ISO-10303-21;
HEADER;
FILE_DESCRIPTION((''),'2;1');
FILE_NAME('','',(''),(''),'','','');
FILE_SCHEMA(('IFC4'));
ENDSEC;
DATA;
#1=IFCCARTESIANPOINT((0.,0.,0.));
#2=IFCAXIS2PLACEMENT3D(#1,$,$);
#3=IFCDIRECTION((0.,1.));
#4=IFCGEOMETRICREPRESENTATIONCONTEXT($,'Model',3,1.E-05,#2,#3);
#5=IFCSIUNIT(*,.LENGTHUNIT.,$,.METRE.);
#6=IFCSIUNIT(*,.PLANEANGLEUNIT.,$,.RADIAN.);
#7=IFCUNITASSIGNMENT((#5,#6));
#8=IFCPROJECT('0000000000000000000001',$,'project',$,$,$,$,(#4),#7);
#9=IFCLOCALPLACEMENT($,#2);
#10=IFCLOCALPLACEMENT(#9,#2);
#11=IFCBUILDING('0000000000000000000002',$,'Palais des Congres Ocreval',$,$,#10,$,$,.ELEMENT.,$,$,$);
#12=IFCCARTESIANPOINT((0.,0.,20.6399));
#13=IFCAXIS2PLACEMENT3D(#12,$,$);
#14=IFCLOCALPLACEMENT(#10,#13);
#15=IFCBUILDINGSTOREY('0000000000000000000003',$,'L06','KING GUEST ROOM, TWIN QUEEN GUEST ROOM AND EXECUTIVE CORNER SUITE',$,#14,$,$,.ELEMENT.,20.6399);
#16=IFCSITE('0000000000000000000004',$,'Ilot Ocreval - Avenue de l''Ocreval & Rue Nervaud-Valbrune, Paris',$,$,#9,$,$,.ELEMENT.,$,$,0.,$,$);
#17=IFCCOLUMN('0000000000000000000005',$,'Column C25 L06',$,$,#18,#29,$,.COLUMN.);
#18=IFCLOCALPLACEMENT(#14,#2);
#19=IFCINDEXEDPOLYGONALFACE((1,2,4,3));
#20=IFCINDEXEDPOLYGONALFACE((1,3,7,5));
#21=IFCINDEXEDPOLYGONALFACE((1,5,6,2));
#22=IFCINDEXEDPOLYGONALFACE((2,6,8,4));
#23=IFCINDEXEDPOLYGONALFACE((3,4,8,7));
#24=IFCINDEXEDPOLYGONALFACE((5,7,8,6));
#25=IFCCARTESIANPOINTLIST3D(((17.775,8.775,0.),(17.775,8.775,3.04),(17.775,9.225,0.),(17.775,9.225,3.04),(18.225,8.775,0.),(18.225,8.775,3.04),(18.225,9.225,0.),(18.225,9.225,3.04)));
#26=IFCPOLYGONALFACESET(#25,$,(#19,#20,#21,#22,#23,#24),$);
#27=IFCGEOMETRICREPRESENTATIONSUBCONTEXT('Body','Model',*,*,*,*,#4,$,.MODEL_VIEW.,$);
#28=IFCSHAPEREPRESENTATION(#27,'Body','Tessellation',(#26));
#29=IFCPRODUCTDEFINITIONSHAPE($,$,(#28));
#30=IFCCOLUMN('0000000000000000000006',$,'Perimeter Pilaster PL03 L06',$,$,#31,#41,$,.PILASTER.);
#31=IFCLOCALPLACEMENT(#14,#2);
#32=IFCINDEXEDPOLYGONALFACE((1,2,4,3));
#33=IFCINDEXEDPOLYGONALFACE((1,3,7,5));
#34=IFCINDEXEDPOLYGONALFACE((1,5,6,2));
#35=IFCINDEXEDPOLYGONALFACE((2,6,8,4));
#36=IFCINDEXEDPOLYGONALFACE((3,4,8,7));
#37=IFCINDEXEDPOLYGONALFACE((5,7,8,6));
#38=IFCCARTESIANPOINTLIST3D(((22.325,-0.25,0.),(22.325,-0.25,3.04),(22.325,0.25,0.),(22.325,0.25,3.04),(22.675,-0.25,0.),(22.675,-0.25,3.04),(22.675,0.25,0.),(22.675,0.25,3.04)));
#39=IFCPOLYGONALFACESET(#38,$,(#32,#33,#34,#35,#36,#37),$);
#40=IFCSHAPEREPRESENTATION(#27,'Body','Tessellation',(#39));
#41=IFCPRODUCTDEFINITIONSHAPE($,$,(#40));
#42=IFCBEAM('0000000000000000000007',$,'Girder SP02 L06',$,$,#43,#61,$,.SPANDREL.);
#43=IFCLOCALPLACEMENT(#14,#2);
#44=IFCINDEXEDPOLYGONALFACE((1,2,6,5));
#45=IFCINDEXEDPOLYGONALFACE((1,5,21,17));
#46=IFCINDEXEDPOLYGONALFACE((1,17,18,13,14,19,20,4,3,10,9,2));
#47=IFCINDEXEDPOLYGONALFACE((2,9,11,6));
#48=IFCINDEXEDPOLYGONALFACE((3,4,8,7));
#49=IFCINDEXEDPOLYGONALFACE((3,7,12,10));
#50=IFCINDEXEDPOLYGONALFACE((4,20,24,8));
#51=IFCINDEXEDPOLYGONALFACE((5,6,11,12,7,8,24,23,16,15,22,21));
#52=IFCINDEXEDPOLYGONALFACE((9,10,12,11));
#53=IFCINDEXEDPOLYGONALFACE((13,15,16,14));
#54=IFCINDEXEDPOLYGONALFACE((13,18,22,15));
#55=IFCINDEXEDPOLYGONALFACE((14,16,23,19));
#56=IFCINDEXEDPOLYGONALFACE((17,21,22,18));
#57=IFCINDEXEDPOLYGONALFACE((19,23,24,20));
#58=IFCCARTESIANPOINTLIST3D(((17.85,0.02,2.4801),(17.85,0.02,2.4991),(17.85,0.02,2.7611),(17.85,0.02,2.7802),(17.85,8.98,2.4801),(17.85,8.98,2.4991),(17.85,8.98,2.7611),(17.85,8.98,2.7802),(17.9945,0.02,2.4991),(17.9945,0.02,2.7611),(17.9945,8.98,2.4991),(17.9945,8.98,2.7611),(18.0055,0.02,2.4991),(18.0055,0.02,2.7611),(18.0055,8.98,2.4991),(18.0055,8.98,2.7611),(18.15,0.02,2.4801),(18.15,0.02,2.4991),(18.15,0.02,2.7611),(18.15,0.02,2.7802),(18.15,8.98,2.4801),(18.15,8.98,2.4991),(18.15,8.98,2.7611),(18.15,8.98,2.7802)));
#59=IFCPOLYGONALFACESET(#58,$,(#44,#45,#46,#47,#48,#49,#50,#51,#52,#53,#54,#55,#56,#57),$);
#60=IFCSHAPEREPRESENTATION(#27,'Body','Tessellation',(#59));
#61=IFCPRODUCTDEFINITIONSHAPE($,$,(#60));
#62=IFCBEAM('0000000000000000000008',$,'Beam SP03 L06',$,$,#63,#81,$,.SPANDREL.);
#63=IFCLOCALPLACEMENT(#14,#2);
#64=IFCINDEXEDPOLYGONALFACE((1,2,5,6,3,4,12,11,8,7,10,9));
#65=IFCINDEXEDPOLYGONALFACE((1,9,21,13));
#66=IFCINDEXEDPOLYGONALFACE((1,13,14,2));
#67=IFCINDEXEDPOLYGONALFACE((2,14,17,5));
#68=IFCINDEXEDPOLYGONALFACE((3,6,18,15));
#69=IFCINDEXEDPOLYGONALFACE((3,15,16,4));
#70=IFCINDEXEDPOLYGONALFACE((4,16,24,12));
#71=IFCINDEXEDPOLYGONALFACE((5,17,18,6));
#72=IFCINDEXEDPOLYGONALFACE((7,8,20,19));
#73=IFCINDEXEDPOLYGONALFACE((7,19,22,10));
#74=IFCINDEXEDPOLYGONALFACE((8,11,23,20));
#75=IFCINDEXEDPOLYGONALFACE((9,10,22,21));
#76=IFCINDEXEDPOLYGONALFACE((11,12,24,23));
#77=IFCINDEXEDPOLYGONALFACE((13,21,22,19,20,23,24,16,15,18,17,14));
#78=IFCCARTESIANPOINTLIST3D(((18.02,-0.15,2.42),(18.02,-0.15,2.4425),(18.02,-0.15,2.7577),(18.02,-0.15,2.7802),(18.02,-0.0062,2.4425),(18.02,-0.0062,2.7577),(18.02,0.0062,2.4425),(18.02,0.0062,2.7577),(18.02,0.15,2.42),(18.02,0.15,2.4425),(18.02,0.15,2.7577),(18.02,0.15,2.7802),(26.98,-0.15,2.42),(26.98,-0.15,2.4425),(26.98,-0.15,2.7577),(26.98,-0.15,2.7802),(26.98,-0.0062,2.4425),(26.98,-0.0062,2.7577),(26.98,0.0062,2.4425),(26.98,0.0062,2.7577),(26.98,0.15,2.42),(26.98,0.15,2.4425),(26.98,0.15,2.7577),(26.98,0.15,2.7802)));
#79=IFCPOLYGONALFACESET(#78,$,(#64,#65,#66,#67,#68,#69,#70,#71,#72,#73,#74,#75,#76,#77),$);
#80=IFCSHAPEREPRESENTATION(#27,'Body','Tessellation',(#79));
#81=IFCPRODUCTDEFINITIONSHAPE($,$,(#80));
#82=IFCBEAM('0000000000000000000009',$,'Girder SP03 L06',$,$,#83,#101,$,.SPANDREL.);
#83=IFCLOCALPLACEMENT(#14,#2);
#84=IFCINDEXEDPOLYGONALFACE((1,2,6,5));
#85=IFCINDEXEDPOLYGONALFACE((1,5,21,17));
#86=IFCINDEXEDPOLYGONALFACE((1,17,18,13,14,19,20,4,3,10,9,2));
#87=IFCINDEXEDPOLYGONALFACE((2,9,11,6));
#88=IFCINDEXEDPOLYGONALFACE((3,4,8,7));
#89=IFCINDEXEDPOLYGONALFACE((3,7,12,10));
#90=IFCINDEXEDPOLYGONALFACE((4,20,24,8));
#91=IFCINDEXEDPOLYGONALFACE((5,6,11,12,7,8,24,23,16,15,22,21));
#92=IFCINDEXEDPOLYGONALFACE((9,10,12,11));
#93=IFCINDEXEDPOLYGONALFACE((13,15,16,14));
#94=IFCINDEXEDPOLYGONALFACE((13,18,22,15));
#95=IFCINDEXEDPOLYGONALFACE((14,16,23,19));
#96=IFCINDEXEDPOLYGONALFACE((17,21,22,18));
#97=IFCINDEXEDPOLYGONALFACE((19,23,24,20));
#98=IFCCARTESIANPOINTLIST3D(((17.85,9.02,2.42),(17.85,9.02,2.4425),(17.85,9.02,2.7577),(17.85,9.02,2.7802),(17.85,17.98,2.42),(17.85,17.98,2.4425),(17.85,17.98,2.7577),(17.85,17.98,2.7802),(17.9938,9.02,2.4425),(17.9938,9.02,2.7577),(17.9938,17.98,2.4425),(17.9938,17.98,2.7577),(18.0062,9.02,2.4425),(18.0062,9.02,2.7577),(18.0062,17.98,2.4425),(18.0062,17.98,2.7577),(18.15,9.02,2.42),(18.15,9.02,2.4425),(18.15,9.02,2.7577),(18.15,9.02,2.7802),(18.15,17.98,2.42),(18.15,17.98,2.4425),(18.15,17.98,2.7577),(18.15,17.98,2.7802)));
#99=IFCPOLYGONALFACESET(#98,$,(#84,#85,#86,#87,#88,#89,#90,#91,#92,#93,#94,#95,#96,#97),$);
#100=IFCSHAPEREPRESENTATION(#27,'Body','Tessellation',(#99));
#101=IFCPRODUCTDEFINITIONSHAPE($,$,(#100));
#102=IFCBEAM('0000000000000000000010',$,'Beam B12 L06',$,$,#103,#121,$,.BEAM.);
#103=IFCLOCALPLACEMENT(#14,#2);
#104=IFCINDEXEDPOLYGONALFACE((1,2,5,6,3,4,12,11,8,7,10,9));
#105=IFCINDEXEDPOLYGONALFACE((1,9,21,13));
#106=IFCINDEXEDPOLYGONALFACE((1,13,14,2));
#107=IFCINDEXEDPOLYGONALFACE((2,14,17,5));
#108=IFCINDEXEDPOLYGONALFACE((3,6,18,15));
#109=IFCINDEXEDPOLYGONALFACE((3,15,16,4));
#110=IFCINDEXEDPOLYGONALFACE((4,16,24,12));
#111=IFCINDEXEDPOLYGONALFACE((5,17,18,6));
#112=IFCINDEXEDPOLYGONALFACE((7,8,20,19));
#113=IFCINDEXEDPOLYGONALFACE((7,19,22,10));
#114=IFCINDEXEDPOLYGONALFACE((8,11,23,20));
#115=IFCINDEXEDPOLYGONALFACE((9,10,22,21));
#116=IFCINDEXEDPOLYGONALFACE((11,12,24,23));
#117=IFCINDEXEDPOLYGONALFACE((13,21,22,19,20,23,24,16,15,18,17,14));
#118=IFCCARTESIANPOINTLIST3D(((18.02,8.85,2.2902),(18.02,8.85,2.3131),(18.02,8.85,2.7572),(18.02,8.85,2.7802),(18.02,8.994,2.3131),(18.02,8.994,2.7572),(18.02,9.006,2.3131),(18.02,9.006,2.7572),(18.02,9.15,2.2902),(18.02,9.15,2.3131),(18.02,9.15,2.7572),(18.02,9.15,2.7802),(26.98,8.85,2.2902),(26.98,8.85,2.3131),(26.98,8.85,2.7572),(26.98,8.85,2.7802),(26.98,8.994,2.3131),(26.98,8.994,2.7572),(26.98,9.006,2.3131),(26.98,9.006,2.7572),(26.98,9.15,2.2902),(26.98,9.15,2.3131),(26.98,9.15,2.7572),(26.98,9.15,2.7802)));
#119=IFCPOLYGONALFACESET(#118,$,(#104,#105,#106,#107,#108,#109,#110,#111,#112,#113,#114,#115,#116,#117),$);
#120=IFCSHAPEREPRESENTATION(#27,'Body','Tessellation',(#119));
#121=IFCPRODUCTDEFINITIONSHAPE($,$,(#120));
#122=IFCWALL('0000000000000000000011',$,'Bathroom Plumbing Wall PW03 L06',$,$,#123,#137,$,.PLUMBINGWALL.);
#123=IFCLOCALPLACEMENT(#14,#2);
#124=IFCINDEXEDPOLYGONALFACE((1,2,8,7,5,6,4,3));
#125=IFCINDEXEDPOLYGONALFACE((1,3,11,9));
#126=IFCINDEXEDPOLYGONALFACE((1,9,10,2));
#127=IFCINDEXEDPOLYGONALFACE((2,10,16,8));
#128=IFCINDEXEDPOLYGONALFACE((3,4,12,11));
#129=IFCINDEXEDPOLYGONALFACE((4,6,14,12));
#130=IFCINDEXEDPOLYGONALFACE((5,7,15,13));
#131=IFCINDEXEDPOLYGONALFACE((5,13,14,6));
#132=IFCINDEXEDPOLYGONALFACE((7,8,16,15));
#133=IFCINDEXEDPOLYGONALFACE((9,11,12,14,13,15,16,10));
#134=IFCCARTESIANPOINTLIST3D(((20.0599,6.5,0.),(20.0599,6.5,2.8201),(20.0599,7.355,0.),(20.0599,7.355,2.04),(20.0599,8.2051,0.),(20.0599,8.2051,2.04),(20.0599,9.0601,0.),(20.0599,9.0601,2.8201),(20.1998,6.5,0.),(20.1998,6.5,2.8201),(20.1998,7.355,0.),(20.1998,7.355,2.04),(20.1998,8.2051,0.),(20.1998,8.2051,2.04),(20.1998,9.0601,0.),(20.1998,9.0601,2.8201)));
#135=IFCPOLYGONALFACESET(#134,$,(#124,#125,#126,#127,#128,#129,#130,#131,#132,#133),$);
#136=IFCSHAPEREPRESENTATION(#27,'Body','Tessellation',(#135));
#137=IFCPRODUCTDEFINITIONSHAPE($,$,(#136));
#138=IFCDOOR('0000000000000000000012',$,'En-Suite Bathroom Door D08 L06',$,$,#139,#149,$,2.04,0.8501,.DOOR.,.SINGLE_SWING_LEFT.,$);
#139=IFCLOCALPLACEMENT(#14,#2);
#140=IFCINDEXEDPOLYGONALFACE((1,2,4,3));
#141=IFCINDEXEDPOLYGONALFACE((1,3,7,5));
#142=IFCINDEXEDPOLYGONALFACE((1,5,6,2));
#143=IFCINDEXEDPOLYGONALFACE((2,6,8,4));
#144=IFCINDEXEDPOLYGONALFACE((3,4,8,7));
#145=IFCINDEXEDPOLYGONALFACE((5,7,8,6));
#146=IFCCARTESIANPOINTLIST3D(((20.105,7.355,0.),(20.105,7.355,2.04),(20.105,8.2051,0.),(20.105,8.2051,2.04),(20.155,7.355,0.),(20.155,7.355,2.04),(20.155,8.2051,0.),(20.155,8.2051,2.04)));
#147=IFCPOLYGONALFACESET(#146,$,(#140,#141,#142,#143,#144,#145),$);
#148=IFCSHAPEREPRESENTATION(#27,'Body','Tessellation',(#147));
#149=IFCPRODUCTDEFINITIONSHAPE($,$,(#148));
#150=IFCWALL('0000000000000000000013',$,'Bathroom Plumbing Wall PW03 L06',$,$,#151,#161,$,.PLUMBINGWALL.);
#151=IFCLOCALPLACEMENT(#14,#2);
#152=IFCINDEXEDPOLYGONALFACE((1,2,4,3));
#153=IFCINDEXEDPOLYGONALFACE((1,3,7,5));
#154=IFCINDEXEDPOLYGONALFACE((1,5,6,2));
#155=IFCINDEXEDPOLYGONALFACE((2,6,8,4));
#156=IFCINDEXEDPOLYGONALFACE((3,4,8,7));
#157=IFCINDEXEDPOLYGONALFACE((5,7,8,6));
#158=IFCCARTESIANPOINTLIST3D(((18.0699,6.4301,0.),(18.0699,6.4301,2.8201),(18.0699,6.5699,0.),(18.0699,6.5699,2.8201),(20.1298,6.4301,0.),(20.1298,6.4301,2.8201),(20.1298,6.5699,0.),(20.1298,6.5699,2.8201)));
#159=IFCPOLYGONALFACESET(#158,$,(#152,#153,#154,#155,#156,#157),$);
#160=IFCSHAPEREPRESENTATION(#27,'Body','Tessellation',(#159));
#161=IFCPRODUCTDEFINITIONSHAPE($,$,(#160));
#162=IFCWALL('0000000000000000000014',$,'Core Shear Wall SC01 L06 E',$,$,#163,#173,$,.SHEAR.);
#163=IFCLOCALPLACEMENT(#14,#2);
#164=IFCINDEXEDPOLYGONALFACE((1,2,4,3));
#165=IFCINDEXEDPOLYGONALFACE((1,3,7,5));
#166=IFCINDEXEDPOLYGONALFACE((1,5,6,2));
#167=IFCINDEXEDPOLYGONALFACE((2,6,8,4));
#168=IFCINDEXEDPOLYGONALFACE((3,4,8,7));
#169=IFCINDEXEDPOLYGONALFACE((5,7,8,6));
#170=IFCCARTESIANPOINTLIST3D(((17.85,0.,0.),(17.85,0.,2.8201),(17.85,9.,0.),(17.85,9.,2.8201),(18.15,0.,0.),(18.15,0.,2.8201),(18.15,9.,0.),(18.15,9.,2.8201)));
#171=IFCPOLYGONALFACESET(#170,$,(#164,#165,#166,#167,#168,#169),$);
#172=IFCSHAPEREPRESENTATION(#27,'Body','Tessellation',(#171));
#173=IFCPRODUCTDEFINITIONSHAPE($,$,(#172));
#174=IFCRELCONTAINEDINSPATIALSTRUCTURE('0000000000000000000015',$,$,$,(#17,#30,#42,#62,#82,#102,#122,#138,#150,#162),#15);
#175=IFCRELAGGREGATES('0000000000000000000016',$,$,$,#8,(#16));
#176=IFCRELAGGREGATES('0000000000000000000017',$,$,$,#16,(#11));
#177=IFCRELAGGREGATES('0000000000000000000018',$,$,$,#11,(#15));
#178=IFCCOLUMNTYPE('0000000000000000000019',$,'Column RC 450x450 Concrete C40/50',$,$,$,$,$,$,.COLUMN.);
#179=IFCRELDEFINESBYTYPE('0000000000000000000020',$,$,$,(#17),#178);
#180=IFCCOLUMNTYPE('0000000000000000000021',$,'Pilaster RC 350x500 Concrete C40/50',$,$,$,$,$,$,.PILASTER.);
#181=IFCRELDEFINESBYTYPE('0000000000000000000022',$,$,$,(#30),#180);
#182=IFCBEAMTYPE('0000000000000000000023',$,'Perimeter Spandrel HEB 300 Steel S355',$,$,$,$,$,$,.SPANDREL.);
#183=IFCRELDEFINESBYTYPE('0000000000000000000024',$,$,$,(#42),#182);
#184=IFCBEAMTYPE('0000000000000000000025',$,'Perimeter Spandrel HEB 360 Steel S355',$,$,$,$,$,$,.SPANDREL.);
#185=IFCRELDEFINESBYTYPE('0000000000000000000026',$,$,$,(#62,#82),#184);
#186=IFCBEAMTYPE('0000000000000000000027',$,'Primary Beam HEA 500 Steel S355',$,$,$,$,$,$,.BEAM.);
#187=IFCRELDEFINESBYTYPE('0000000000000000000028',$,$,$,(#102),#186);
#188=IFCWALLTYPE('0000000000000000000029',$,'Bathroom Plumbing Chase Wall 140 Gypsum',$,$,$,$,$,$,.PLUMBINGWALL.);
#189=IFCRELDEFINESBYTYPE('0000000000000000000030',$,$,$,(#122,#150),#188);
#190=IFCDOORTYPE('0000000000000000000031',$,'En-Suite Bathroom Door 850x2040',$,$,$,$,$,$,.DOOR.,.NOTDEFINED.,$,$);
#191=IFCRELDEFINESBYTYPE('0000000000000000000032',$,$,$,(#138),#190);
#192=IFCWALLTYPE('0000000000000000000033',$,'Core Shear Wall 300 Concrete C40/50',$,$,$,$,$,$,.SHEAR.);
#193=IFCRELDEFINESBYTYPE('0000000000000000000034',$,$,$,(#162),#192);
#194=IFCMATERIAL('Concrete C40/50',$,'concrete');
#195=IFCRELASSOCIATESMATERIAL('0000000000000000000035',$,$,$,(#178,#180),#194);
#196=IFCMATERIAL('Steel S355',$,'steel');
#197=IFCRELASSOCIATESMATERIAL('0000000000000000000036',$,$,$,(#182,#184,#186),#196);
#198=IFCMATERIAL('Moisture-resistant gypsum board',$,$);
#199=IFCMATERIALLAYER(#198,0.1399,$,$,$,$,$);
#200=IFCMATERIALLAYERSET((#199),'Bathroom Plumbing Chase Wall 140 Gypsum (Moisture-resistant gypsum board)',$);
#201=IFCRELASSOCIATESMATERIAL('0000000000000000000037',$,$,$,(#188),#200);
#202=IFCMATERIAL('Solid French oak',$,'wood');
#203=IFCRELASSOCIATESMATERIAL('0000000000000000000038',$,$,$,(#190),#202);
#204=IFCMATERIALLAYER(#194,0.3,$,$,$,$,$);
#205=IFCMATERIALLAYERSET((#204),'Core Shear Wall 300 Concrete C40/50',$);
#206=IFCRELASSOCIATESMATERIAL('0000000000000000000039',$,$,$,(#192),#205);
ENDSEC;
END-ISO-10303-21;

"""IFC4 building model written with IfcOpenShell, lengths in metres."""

from ifc_helpers import new_model, si_unit, direction, frame, frame_2d, origin, origin_2d, place, context, subcontext, project, spatial, rectangle, i_section, extrude, material, layer, layer_set, material_profile, profile_set, type_object, element, fill, save


model = new_model("IFC4")

# Units and contexts
model_context = context("Model", 3, precision=1e-05, world=origin(), true_north=direction((0.0, 1.0)))
body_context = subcontext(model_context, "Body", "Model", "MODEL_VIEW")
ifc_project = project(units=[si_unit("LENGTHUNIT", "METRE"), si_unit("PLANEANGLEUNIT", "RADIAN")], contexts=[model_context])

# Site, building, storey
site_placement = place(None, origin())
site = spatial("IfcSite", under=ifc_project, at=site_placement, Name="Ilot Ocreval - Avenue de l'Ocreval & Rue Nervaud-Valbrune, Paris", CompositionType="ELEMENT", RefElevation=0.0)
building_placement = place(site_placement, origin())
building = spatial("IfcBuilding", under=site, at=building_placement, Name="Palais des Congres Ocreval", CompositionType="ELEMENT")
storey_placement = place(building_placement, frame((0.0, 0.0, 20.6399)))
storey = spatial("IfcBuildingStorey", under=building, at=storey_placement, Name="L06", Description="KING GUEST ROOM, TWIN QUEEN GUEST ROOM AND EXECUTIVE CORNER SUITE", CompositionType="ELEMENT", Elevation=20.6399)

# Columns
ifc_material_1 = material(Name="Concrete C40/50", Category="concrete")
ifc_material_profile_1 = material_profile(ifc_material_1, rectangle(XDim=0.45, YDim=0.45, at=origin_2d()), Name="RC 450x450")
ifc_profile_set_1 = profile_set([ifc_material_profile_1], Name="Concrete C40/50")
column_type_1 = type_object("IfcColumnType", Name="Column RC 450x450 Concrete C40/50", PredefinedType="COLUMN", material=ifc_profile_set_1)
column_1_placement = place(storey_placement, frame((18.0, 9.0, 0.0), z_axis=(0.0, 0.0, 1.0), x_axis=(1.0, 0.0, 0.0)))
element("IfcColumn", 1, at=column_1_placement, inside=storey, type_object=column_type_1, Name="Column C25 L06", PredefinedType="COLUMN", context=body_context, shape_type="SweptSolid", body=[
    extrude(rectangle(XDim=0.45, YDim=0.45, at=origin_2d()), origin(), (0.0, 0.0, 1.0), 3.04),
])
ifc_material_profile_2 = material_profile(ifc_material_1, rectangle(XDim=0.3501, YDim=0.5, at=origin_2d()), Name="RC 350x500")
ifc_profile_set_2 = profile_set([ifc_material_profile_2], Name="Concrete C40/50")
column_type_2 = type_object("IfcColumnType", Name="Pilaster RC 350x500 Concrete C40/50", PredefinedType="PILASTER", material=ifc_profile_set_2)
column_2_placement = place(storey_placement, frame((22.5, 0.0, 0.0), z_axis=(0.0, 0.0, 1.0), x_axis=(1.0, 0.0, 0.0)))
element("IfcColumn", 2, at=column_2_placement, inside=storey, type_object=column_type_2, Name="Perimeter Pilaster PL03 L06", PredefinedType="PILASTER", context=body_context, shape_type="SweptSolid", body=[
    extrude(rectangle(XDim=0.3501, YDim=0.5, at=origin_2d()), origin(), (0.0, 0.0, 1.0), 3.04),
])

# Beams
ifc_material_2 = material(Name="Steel S355", Category="steel")
ifc_material_profile_3 = material_profile(ifc_material_2, i_section(OverallWidth=0.3, OverallDepth=0.3, WebThickness=0.011, FlangeThickness=0.019, at=origin_2d()), Name="HEB 300")
ifc_profile_set_3 = profile_set([ifc_material_profile_3], Name="Steel S355")
beam_type_1 = type_object("IfcBeamType", Name="Perimeter Spandrel HEB 300 Steel S355", PredefinedType="SPANDREL", material=ifc_profile_set_3)
beam_1_placement = place(storey_placement, frame((18.0, 0.02, 2.6301), z_axis=(0.0, 1.0, 0.0), x_axis=(-1.0, 0.0, 0.0)))
element("IfcBeam", 3, at=beam_1_placement, inside=storey, type_object=beam_type_1, Name="Girder SP02 L06", PredefinedType="SPANDREL", context=body_context, shape_type="SweptSolid", body=[
    extrude(i_section(OverallWidth=0.3, OverallDepth=0.3, WebThickness=0.011, FlangeThickness=0.019, at=origin_2d()), origin(), (0.0, 0.0, 1.0), 8.96),
])
ifc_material_profile_4 = material_profile(ifc_material_2, i_section(OverallWidth=0.3, OverallDepth=0.3601, WebThickness=0.0125, FlangeThickness=0.0225, at=origin_2d()), Name="HEB 360")
ifc_profile_set_4 = profile_set([ifc_material_profile_4], Name="Steel S355")
beam_type_2 = type_object("IfcBeamType", Name="Perimeter Spandrel HEB 360 Steel S355", PredefinedType="SPANDREL", material=ifc_profile_set_4)
for number, where, z_axis, x_axis, name in (
    (4, (18.02, 0.0, 2.6001), (1.0, 0.0, 0.0), (0.0, 1.0, 0.0), "Beam SP03 L06"),
    (5, (18.0, 9.02, 2.6001), (0.0, 1.0, 0.0), (-1.0, 0.0, 0.0), "Girder SP03 L06"),
):
    element("IfcBeam", number, at=place(storey_placement, frame(where, z_axis=z_axis, x_axis=x_axis)), inside=storey, type_object=beam_type_2, Name=name, PredefinedType="SPANDREL", context=body_context, shape_type="SweptSolid", body=[
        extrude(i_section(OverallWidth=0.3, OverallDepth=0.3601, WebThickness=0.0125, FlangeThickness=0.0225, at=origin_2d()), origin(), (0.0, 0.0, 1.0), 8.96),
    ])
ifc_material_profile_5 = material_profile(ifc_material_2, i_section(OverallWidth=0.3, OverallDepth=0.49, WebThickness=0.012, FlangeThickness=0.0229, at=origin_2d()), Name="HEA 500")
ifc_profile_set_5 = profile_set([ifc_material_profile_5], Name="Steel S355")
beam_type_3 = type_object("IfcBeamType", Name="Primary Beam HEA 500 Steel S355", PredefinedType="BEAM", material=ifc_profile_set_5)
beam_2_placement = place(storey_placement, frame((18.02, 9.0, 2.5352), z_axis=(1.0, 0.0, 0.0), x_axis=(0.0, 1.0, 0.0)))
element("IfcBeam", 6, at=beam_2_placement, inside=storey, type_object=beam_type_3, Name="Beam B12 L06", PredefinedType="BEAM", context=body_context, shape_type="SweptSolid", body=[
    extrude(i_section(OverallWidth=0.3, OverallDepth=0.49, WebThickness=0.012, FlangeThickness=0.0229, at=origin_2d()), origin(), (0.0, 0.0, 1.0), 8.96),
])

# Wall, opening, door
ifc_material_3 = material(Name="Moisture-resistant gypsum board")
ifc_layer_1 = layer(ifc_material_3, 0.1399)
ifc_layer_set_1 = layer_set([ifc_layer_1], Name="Bathroom Plumbing Chase Wall 140 Gypsum (Moisture-resistant gypsum board)")
wall_type_1 = type_object("IfcWallType", Name="Bathroom Plumbing Chase Wall 140 Gypsum", PredefinedType="PLUMBINGWALL", material=ifc_layer_set_1)
wall_1_placement = place(storey_placement, frame((20.1299, 6.5, 0.0), z_axis=(0.0, 0.0, 1.0), x_axis=(0.0, 1.0, 0.0)))
wall_1 = element("IfcWall", 7, at=wall_1_placement, inside=storey, type_object=wall_type_1, Name="Bathroom Plumbing Wall PW03 L06", PredefinedType="PLUMBINGWALL", context=body_context, shape_type="SweptSolid", body=[
    extrude(rectangle(XDim=2.5601, YDim=0.1399, at=frame_2d((1.28, 0.0))), origin(), (0.0, 0.0, 1.0), 2.8201),
])
opening_placement = place(wall_1_placement, frame((0.855, 0.0, 0.0)))
opening = element("IfcOpeningElement", 8, at=opening_placement, cuts=wall_1, PredefinedType="OPENING", context=body_context, shape_type="SweptSolid", body=[
    extrude(rectangle(XDim=0.8501, YDim=2.04, at=frame_2d((0.425, 1.02))), frame((0.0, 0.0798, 0.0), z_axis=(0.0, -1.0, 0.0), x_axis=(1.0, 0.0, 0.0)), (0.0, 0.0, 1.0), 0.1599),
])
ifc_material_4 = material(Name="Solid French oak", Category="wood")
door_type = type_object("IfcDoorType", Name="En-Suite Bathroom Door 850x2040", OperationType="NOTDEFINED", PredefinedType="DOOR", material=ifc_material_4)
door_placement = place(opening_placement, origin())
door = element("IfcDoor", 9, at=door_placement, inside=storey, type_object=door_type, Name="En-Suite Bathroom Door D08 L06", OperationType="SINGLE_SWING_LEFT", OverallHeight=2.04, OverallWidth=0.8501, PredefinedType="DOOR", context=body_context, shape_type="SweptSolid", body=[
    extrude(rectangle(XDim=0.8501, YDim=2.04, at=frame_2d((0.425, 1.02))), frame((0.0, 0.0249, 0.0), z_axis=(0.0, -1.0, 0.0), x_axis=(1.0, 0.0, 0.0)), (0.0, 0.0, 1.0), 0.05),
])
fill(opening, door)

# Walls
wall_2_placement = place(storey_placement, frame((18.0701, 6.5, 0.0), z_axis=(0.0, 0.0, 1.0), x_axis=(1.0, 0.0, 0.0)))
element("IfcWall", 10, at=wall_2_placement, inside=storey, type_object=wall_type_1, Name="Bathroom Plumbing Wall PW03 L06", PredefinedType="PLUMBINGWALL", context=body_context, shape_type="SweptSolid", body=[
    extrude(rectangle(XDim=2.0598, YDim=0.1399, at=frame_2d((1.0298, 0.0))), origin(), (0.0, 0.0, 1.0), 2.8201),
])
ifc_layer_2 = layer(ifc_material_1, 0.3)
ifc_layer_set_2 = layer_set([ifc_layer_2], Name="Core Shear Wall 300 Concrete C40/50")
wall_type_2 = type_object("IfcWallType", Name="Core Shear Wall 300 Concrete C40/50", PredefinedType="SHEAR", material=ifc_layer_set_2)
wall_3_placement = place(storey_placement, frame((18.0, 0.0, 0.0), z_axis=(0.0, 0.0, 1.0), x_axis=(0.0, 1.0, 0.0)))
element("IfcWall", 11, at=wall_3_placement, inside=storey, type_object=wall_type_2, Name="Core Shear Wall SC01 L06 E", PredefinedType="SHEAR", context=body_context, shape_type="SweptSolid", body=[
    extrude(rectangle(XDim=9.0, YDim=0.3, at=frame_2d((4.5, 0.0))), origin(), (0.0, 0.0, 1.0), 2.8201),
])

save(model, "model.ifc")
